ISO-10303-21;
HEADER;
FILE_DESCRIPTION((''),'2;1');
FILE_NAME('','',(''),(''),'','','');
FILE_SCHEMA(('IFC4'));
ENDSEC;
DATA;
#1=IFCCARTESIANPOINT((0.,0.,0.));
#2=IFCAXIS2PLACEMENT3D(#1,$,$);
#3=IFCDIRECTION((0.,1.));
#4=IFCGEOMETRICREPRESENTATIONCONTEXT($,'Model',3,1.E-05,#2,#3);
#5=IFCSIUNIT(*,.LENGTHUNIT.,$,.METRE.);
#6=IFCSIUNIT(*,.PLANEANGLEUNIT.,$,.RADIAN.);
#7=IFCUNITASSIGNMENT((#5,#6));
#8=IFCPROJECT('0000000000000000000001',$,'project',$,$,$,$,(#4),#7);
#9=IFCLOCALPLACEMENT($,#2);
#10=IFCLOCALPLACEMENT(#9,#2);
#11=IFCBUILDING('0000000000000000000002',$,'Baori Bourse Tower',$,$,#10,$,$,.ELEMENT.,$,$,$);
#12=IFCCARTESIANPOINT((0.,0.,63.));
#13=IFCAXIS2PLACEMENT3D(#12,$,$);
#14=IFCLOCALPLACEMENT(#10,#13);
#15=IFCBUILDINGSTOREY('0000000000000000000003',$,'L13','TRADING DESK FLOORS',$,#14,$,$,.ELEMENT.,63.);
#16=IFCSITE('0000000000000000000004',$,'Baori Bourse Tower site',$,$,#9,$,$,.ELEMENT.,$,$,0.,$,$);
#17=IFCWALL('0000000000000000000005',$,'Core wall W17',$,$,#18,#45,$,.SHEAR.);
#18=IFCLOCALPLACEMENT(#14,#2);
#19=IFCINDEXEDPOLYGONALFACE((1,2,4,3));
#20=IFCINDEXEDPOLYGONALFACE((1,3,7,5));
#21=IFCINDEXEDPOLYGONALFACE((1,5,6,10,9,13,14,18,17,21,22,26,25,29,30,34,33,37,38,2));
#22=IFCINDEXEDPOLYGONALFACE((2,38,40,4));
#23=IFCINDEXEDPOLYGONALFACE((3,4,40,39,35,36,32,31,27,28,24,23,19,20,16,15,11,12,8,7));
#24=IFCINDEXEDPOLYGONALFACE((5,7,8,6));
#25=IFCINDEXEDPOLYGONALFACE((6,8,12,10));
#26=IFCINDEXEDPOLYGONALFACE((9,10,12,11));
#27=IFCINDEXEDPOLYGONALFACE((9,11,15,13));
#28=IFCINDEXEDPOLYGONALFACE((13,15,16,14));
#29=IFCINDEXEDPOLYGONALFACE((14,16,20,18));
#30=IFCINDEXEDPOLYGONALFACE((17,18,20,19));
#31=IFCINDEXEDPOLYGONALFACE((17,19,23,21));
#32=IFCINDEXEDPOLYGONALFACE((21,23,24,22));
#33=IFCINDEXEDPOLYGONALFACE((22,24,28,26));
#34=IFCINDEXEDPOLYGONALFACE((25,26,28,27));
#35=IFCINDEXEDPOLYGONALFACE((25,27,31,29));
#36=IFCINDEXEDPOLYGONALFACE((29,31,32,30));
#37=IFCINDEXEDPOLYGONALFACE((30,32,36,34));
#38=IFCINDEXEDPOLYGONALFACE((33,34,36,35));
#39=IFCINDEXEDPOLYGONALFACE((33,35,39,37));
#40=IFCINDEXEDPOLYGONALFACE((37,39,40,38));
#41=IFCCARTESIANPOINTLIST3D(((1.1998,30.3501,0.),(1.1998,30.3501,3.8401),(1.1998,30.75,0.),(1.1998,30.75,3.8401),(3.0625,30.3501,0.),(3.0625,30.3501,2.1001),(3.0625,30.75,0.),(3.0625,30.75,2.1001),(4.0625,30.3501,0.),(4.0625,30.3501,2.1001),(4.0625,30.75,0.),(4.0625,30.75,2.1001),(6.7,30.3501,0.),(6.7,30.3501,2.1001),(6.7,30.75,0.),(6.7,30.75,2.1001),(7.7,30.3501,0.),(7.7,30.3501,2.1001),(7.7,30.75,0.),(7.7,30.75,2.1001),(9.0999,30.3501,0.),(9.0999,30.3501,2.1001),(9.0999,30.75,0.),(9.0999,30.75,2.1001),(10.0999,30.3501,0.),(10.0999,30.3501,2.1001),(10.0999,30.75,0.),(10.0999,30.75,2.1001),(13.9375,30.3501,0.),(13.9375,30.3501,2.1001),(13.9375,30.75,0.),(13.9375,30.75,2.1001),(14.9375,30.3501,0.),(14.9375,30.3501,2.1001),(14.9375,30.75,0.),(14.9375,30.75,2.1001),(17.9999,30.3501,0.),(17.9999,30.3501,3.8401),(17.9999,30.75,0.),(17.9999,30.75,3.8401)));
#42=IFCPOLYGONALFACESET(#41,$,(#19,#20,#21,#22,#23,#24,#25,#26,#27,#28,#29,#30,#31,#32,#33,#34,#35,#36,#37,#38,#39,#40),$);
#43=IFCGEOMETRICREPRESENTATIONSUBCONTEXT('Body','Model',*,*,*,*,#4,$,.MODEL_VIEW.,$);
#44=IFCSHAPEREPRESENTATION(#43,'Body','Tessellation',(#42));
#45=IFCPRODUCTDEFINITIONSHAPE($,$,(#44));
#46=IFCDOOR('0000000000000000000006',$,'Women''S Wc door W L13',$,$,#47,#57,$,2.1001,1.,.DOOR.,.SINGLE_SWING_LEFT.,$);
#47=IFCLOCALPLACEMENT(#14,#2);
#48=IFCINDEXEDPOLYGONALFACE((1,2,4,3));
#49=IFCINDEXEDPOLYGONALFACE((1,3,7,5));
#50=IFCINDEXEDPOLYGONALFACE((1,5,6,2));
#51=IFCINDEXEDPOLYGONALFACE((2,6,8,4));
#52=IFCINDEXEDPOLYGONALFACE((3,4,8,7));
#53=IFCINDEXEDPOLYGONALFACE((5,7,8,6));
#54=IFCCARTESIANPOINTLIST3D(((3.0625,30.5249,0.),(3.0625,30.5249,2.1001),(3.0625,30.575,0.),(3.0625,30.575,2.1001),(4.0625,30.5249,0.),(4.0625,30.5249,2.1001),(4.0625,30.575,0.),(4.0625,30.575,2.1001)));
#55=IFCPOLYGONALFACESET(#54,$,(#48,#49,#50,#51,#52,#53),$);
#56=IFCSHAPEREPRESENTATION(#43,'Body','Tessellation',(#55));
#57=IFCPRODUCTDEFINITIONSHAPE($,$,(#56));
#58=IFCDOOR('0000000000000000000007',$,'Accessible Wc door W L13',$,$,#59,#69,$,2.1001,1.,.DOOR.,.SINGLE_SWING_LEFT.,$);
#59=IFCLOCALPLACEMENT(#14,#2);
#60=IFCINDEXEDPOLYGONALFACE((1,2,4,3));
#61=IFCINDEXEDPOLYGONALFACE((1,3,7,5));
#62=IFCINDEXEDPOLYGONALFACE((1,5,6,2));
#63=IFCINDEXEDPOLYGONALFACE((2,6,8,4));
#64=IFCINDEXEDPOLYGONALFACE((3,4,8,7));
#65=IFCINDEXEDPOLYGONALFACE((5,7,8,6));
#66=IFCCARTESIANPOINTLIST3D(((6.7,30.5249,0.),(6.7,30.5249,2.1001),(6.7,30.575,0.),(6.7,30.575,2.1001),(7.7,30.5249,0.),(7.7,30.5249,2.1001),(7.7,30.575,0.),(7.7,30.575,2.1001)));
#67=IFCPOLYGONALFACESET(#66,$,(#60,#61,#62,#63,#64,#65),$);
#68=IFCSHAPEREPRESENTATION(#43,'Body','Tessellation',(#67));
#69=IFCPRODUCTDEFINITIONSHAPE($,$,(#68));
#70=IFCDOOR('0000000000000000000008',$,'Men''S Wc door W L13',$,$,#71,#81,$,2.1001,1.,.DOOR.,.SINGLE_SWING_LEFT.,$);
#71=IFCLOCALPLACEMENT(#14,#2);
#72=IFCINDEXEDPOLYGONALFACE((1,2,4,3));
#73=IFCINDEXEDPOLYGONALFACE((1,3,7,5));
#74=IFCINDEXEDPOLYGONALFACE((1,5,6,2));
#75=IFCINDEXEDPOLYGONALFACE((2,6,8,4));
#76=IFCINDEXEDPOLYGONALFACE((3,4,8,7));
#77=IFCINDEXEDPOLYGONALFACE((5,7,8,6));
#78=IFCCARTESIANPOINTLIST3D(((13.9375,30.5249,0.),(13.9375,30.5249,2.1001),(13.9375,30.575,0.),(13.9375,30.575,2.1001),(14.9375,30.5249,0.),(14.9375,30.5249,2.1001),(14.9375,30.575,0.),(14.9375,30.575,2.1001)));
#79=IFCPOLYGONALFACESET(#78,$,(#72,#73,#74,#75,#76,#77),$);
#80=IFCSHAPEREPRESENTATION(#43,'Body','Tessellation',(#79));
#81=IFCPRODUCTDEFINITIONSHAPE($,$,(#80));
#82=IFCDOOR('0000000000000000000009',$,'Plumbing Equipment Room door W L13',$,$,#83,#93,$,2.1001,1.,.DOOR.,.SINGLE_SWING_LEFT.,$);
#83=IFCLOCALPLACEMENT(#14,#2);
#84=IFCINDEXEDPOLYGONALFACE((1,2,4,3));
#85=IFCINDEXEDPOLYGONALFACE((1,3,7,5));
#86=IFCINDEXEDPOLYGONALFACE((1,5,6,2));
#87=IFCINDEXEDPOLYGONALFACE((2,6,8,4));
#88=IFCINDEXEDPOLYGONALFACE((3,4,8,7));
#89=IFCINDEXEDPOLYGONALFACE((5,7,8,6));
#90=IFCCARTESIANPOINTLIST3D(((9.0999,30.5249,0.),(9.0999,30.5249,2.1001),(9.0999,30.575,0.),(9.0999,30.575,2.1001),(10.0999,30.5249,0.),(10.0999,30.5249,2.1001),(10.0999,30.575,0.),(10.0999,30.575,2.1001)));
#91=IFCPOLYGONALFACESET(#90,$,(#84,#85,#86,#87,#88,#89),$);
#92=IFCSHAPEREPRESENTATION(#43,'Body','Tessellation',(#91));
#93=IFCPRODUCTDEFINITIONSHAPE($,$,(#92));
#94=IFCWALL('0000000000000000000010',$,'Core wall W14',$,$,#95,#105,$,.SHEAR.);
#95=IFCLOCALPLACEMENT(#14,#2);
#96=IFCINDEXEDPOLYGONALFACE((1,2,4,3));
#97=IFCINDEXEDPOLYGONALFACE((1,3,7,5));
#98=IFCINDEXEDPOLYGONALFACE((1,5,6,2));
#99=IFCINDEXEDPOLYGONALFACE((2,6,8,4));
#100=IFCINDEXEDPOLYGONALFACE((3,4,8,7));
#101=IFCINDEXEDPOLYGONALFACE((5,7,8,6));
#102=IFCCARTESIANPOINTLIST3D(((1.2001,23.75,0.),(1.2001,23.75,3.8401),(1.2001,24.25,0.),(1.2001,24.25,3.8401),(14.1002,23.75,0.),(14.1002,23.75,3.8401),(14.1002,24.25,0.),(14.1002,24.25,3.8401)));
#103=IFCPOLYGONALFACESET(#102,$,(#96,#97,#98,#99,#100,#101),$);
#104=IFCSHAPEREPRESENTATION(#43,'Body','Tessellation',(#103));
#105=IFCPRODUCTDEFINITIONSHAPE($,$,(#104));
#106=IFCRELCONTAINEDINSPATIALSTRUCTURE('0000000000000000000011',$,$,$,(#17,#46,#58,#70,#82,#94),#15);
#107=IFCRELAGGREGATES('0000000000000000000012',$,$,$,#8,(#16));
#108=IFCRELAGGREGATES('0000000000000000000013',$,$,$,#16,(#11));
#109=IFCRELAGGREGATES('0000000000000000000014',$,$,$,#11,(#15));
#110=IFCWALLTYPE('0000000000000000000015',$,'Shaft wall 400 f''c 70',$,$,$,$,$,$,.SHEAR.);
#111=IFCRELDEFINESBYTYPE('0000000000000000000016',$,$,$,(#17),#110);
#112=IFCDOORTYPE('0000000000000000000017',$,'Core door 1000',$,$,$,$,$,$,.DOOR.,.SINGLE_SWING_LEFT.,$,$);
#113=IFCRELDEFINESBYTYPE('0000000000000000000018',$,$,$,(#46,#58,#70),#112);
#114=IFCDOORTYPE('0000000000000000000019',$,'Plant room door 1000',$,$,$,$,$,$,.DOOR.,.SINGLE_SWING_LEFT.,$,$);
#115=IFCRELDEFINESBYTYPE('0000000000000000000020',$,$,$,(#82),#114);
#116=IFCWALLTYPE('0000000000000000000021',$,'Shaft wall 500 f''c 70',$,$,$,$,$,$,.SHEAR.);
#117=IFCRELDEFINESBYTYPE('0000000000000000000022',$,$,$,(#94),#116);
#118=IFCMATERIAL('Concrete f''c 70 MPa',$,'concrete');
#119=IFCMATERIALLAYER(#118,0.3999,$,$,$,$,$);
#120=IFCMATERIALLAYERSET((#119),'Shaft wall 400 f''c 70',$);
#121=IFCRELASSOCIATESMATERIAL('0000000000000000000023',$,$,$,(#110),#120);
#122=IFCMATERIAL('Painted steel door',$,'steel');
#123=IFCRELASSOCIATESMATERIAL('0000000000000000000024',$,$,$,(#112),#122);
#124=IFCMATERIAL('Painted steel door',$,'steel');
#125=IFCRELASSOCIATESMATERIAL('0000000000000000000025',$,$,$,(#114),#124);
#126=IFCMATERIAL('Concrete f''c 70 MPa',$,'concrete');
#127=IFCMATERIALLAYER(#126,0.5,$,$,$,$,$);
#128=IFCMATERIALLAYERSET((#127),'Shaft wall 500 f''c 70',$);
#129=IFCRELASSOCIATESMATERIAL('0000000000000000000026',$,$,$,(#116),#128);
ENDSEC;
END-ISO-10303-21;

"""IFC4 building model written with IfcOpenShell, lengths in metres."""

from ifc_helpers import new_model, si_unit, direction, frame, frame_2d, origin, place, context, subcontext, project, spatial, rectangle, extrude, material, layer, layer_set, type_object, element, fill, save


model = new_model("IFC4")

# Units and contexts
model_context = context("Model", 3, precision=1e-05, world=origin(), true_north=direction((0.0, 1.0)))
body_context = subcontext(model_context, "Body", "Model", "MODEL_VIEW")
ifc_project = project(units=[si_unit("LENGTHUNIT", "METRE"), si_unit("PLANEANGLEUNIT", "RADIAN")], contexts=[model_context])

# Site, building, storey
site_placement = place(None, origin())
site = spatial("IfcSite", under=ifc_project, at=site_placement, Name="Baori Bourse Tower site", CompositionType="ELEMENT", RefElevation=0.0)
building_placement = place(site_placement, origin())
building = spatial("IfcBuilding", under=site, at=building_placement, Name="Baori Bourse Tower", CompositionType="ELEMENT")
storey_placement = place(building_placement, frame((0.0, 0.0, 63.0)))
storey = spatial("IfcBuildingStorey", under=building, at=storey_placement, Name="L13", Description="TRADING DESK FLOORS", CompositionType="ELEMENT", Elevation=63.0)

# Shared definitions
ifc_material_1 = material(Name="Concrete f'c 70 MPa", Category="concrete")
ifc_layer_1 = layer(ifc_material_1, 0.3999)
ifc_layer_set_1 = layer_set([ifc_layer_1], Name="Shaft wall 400 f'c 70")
wall_type_1 = type_object("IfcWallType", Name="Shaft wall 400 f'c 70", PredefinedType="SHEAR", material=ifc_layer_set_1)

# Wall, openings, doors
wall_1_placement = place(storey_placement, frame((1.2, 30.55, 0.0), z_axis=(0.0, 0.0, 1.0), x_axis=(1.0, 0.0, 0.0)))
wall_1 = element("IfcWall", 1, at=wall_1_placement, inside=storey, type_object=wall_type_1, Name="Core wall W17", PredefinedType="SHEAR", context=body_context, shape_type="SweptSolid", body=[
    extrude(rectangle(XDim=16.8, YDim=0.3999, at=frame_2d((8.3999, 0.0))), origin(), (0.0, 0.0, 1.0), 3.8401),
])
opening_1_placement = place(wall_1_placement, frame((1.8625, 0.0, 0.0)))
opening_1 = element("IfcOpeningElement", 2, at=opening_1_placement, cuts=wall_1, PredefinedType="OPENING", context=body_context, shape_type="SweptSolid", body=[
    extrude(rectangle(XDim=1.0, YDim=2.1001, at=frame_2d((0.5, 1.05))), frame((0.0, 0.21, 0.0), z_axis=(0.0, -1.0, 0.0), x_axis=(1.0, 0.0, 0.0)), (0.0, 0.0, 1.0), 0.4199),
])
opening_2_placement = place(wall_1_placement, frame((5.5, 0.0, 0.0)))
opening_2 = element("IfcOpeningElement", 3, at=opening_2_placement, cuts=wall_1, PredefinedType="OPENING", context=body_context, shape_type="SweptSolid", body=[
    extrude(rectangle(XDim=1.0, YDim=2.1001, at=frame_2d((0.5, 1.05))), frame((0.0, 0.21, 0.0), z_axis=(0.0, -1.0, 0.0), x_axis=(1.0, 0.0, 0.0)), (0.0, 0.0, 1.0), 0.4199),
])
opening_3_placement = place(wall_1_placement, frame((7.8999, 0.0, 0.0)))
opening_3 = element("IfcOpeningElement", 4, at=opening_3_placement, cuts=wall_1, PredefinedType="OPENING", context=body_context, shape_type="SweptSolid", body=[
    extrude(rectangle(XDim=1.0, YDim=2.1001, at=frame_2d((0.5, 1.05))), frame((0.0, 0.21, 0.0), z_axis=(0.0, -1.0, 0.0), x_axis=(1.0, 0.0, 0.0)), (0.0, 0.0, 1.0), 0.4199),
])
opening_4_placement = place(wall_1_placement, frame((12.7375, 0.0, 0.0)))
opening_4 = element("IfcOpeningElement", 5, at=opening_4_placement, cuts=wall_1, PredefinedType="OPENING", context=body_context, shape_type="SweptSolid", body=[
    extrude(rectangle(XDim=1.0, YDim=2.1001, at=frame_2d((0.5, 1.05))), frame((0.0, 0.21, 0.0), z_axis=(0.0, -1.0, 0.0), x_axis=(1.0, 0.0, 0.0)), (0.0, 0.0, 1.0), 0.4199),
])
ifc_material_2 = material(Name="Painted steel door", Category="steel")
door_type_1 = type_object("IfcDoorType", Name="Core door 1000", OperationType="SINGLE_SWING_LEFT", PredefinedType="DOOR", material=ifc_material_2)
door_1_placement = place(opening_1_placement, origin())
door_1 = element("IfcDoor", 6, at=door_1_placement, inside=storey, type_object=door_type_1, Name="Women'S Wc door W L13", OperationType="SINGLE_SWING_LEFT", OverallHeight=2.1001, OverallWidth=1.0, PredefinedType="DOOR", context=body_context, shape_type="SweptSolid", body=[
    extrude(rectangle(XDim=1.0, YDim=2.1001, at=frame_2d((0.5, 1.05))), frame((0.0, 0.0249, 0.0), z_axis=(0.0, -1.0, 0.0), x_axis=(1.0, 0.0, 0.0)), (0.0, 0.0, 1.0), 0.05),
])
fill(opening_1, door_1)
door_2_placement = place(opening_2_placement, origin())
door_2 = element("IfcDoor", 7, at=door_2_placement, inside=storey, type_object=door_type_1, Name="Accessible Wc door W L13", OperationType="SINGLE_SWING_LEFT", OverallHeight=2.1001, OverallWidth=1.0, PredefinedType="DOOR", context=body_context, shape_type="SweptSolid", body=[
    extrude(rectangle(XDim=1.0, YDim=2.1001, at=frame_2d((0.5, 1.05))), frame((0.0, 0.0249, 0.0), z_axis=(0.0, -1.0, 0.0), x_axis=(1.0, 0.0, 0.0)), (0.0, 0.0, 1.0), 0.05),
])
fill(opening_2, door_2)
door_3_placement = place(opening_4_placement, origin())
door_3 = element("IfcDoor", 8, at=door_3_placement, inside=storey, type_object=door_type_1, Name="Men'S Wc door W L13", OperationType="SINGLE_SWING_LEFT", OverallHeight=2.1001, OverallWidth=1.0, PredefinedType="DOOR", context=body_context, shape_type="SweptSolid", body=[
    extrude(rectangle(XDim=1.0, YDim=2.1001, at=frame_2d((0.5, 1.05))), frame((0.0, 0.0249, 0.0), z_axis=(0.0, -1.0, 0.0), x_axis=(1.0, 0.0, 0.0)), (0.0, 0.0, 1.0), 0.05),
])
fill(opening_4, door_3)
ifc_material_3 = material(Name="Painted steel door", Category="steel")
door_type_2 = type_object("IfcDoorType", Name="Plant room door 1000", OperationType="SINGLE_SWING_LEFT", PredefinedType="DOOR", material=ifc_material_3)
door_4_placement = place(opening_3_placement, origin())
door_4 = element("IfcDoor", 9, at=door_4_placement, inside=storey, type_object=door_type_2, Name="Plumbing Equipment Room door W L13", OperationType="SINGLE_SWING_LEFT", OverallHeight=2.1001, OverallWidth=1.0, PredefinedType="DOOR", context=body_context, shape_type="SweptSolid", body=[
    extrude(rectangle(XDim=1.0, YDim=2.1001, at=frame_2d((0.5, 1.05))), frame((0.0, 0.0249, 0.0), z_axis=(0.0, -1.0, 0.0), x_axis=(1.0, 0.0, 0.0)), (0.0, 0.0, 1.0), 0.05),
])
fill(opening_3, door_4)

# Wall
ifc_material_4 = material(Name="Concrete f'c 70 MPa", Category="concrete")
ifc_layer_2 = layer(ifc_material_4, 0.5)
ifc_layer_set_2 = layer_set([ifc_layer_2], Name="Shaft wall 500 f'c 70")
wall_type_2 = type_object("IfcWallType", Name="Shaft wall 500 f'c 70", PredefinedType="SHEAR", material=ifc_layer_set_2)
wall_2_placement = place(storey_placement, frame((1.2, 24.0, 0.0), z_axis=(0.0, 0.0, 1.0), x_axis=(1.0, 0.0, 0.0)))
element("IfcWall", 10, at=wall_2_placement, inside=storey, type_object=wall_type_2, Name="Core wall W14", PredefinedType="SHEAR", context=body_context, shape_type="SweptSolid", body=[
    extrude(rectangle(XDim=12.9001, YDim=0.5, at=frame_2d((6.4502, 0.0))), origin(), (0.0, 0.0, 1.0), 3.8401),
])

save(model, "model.ifc")
